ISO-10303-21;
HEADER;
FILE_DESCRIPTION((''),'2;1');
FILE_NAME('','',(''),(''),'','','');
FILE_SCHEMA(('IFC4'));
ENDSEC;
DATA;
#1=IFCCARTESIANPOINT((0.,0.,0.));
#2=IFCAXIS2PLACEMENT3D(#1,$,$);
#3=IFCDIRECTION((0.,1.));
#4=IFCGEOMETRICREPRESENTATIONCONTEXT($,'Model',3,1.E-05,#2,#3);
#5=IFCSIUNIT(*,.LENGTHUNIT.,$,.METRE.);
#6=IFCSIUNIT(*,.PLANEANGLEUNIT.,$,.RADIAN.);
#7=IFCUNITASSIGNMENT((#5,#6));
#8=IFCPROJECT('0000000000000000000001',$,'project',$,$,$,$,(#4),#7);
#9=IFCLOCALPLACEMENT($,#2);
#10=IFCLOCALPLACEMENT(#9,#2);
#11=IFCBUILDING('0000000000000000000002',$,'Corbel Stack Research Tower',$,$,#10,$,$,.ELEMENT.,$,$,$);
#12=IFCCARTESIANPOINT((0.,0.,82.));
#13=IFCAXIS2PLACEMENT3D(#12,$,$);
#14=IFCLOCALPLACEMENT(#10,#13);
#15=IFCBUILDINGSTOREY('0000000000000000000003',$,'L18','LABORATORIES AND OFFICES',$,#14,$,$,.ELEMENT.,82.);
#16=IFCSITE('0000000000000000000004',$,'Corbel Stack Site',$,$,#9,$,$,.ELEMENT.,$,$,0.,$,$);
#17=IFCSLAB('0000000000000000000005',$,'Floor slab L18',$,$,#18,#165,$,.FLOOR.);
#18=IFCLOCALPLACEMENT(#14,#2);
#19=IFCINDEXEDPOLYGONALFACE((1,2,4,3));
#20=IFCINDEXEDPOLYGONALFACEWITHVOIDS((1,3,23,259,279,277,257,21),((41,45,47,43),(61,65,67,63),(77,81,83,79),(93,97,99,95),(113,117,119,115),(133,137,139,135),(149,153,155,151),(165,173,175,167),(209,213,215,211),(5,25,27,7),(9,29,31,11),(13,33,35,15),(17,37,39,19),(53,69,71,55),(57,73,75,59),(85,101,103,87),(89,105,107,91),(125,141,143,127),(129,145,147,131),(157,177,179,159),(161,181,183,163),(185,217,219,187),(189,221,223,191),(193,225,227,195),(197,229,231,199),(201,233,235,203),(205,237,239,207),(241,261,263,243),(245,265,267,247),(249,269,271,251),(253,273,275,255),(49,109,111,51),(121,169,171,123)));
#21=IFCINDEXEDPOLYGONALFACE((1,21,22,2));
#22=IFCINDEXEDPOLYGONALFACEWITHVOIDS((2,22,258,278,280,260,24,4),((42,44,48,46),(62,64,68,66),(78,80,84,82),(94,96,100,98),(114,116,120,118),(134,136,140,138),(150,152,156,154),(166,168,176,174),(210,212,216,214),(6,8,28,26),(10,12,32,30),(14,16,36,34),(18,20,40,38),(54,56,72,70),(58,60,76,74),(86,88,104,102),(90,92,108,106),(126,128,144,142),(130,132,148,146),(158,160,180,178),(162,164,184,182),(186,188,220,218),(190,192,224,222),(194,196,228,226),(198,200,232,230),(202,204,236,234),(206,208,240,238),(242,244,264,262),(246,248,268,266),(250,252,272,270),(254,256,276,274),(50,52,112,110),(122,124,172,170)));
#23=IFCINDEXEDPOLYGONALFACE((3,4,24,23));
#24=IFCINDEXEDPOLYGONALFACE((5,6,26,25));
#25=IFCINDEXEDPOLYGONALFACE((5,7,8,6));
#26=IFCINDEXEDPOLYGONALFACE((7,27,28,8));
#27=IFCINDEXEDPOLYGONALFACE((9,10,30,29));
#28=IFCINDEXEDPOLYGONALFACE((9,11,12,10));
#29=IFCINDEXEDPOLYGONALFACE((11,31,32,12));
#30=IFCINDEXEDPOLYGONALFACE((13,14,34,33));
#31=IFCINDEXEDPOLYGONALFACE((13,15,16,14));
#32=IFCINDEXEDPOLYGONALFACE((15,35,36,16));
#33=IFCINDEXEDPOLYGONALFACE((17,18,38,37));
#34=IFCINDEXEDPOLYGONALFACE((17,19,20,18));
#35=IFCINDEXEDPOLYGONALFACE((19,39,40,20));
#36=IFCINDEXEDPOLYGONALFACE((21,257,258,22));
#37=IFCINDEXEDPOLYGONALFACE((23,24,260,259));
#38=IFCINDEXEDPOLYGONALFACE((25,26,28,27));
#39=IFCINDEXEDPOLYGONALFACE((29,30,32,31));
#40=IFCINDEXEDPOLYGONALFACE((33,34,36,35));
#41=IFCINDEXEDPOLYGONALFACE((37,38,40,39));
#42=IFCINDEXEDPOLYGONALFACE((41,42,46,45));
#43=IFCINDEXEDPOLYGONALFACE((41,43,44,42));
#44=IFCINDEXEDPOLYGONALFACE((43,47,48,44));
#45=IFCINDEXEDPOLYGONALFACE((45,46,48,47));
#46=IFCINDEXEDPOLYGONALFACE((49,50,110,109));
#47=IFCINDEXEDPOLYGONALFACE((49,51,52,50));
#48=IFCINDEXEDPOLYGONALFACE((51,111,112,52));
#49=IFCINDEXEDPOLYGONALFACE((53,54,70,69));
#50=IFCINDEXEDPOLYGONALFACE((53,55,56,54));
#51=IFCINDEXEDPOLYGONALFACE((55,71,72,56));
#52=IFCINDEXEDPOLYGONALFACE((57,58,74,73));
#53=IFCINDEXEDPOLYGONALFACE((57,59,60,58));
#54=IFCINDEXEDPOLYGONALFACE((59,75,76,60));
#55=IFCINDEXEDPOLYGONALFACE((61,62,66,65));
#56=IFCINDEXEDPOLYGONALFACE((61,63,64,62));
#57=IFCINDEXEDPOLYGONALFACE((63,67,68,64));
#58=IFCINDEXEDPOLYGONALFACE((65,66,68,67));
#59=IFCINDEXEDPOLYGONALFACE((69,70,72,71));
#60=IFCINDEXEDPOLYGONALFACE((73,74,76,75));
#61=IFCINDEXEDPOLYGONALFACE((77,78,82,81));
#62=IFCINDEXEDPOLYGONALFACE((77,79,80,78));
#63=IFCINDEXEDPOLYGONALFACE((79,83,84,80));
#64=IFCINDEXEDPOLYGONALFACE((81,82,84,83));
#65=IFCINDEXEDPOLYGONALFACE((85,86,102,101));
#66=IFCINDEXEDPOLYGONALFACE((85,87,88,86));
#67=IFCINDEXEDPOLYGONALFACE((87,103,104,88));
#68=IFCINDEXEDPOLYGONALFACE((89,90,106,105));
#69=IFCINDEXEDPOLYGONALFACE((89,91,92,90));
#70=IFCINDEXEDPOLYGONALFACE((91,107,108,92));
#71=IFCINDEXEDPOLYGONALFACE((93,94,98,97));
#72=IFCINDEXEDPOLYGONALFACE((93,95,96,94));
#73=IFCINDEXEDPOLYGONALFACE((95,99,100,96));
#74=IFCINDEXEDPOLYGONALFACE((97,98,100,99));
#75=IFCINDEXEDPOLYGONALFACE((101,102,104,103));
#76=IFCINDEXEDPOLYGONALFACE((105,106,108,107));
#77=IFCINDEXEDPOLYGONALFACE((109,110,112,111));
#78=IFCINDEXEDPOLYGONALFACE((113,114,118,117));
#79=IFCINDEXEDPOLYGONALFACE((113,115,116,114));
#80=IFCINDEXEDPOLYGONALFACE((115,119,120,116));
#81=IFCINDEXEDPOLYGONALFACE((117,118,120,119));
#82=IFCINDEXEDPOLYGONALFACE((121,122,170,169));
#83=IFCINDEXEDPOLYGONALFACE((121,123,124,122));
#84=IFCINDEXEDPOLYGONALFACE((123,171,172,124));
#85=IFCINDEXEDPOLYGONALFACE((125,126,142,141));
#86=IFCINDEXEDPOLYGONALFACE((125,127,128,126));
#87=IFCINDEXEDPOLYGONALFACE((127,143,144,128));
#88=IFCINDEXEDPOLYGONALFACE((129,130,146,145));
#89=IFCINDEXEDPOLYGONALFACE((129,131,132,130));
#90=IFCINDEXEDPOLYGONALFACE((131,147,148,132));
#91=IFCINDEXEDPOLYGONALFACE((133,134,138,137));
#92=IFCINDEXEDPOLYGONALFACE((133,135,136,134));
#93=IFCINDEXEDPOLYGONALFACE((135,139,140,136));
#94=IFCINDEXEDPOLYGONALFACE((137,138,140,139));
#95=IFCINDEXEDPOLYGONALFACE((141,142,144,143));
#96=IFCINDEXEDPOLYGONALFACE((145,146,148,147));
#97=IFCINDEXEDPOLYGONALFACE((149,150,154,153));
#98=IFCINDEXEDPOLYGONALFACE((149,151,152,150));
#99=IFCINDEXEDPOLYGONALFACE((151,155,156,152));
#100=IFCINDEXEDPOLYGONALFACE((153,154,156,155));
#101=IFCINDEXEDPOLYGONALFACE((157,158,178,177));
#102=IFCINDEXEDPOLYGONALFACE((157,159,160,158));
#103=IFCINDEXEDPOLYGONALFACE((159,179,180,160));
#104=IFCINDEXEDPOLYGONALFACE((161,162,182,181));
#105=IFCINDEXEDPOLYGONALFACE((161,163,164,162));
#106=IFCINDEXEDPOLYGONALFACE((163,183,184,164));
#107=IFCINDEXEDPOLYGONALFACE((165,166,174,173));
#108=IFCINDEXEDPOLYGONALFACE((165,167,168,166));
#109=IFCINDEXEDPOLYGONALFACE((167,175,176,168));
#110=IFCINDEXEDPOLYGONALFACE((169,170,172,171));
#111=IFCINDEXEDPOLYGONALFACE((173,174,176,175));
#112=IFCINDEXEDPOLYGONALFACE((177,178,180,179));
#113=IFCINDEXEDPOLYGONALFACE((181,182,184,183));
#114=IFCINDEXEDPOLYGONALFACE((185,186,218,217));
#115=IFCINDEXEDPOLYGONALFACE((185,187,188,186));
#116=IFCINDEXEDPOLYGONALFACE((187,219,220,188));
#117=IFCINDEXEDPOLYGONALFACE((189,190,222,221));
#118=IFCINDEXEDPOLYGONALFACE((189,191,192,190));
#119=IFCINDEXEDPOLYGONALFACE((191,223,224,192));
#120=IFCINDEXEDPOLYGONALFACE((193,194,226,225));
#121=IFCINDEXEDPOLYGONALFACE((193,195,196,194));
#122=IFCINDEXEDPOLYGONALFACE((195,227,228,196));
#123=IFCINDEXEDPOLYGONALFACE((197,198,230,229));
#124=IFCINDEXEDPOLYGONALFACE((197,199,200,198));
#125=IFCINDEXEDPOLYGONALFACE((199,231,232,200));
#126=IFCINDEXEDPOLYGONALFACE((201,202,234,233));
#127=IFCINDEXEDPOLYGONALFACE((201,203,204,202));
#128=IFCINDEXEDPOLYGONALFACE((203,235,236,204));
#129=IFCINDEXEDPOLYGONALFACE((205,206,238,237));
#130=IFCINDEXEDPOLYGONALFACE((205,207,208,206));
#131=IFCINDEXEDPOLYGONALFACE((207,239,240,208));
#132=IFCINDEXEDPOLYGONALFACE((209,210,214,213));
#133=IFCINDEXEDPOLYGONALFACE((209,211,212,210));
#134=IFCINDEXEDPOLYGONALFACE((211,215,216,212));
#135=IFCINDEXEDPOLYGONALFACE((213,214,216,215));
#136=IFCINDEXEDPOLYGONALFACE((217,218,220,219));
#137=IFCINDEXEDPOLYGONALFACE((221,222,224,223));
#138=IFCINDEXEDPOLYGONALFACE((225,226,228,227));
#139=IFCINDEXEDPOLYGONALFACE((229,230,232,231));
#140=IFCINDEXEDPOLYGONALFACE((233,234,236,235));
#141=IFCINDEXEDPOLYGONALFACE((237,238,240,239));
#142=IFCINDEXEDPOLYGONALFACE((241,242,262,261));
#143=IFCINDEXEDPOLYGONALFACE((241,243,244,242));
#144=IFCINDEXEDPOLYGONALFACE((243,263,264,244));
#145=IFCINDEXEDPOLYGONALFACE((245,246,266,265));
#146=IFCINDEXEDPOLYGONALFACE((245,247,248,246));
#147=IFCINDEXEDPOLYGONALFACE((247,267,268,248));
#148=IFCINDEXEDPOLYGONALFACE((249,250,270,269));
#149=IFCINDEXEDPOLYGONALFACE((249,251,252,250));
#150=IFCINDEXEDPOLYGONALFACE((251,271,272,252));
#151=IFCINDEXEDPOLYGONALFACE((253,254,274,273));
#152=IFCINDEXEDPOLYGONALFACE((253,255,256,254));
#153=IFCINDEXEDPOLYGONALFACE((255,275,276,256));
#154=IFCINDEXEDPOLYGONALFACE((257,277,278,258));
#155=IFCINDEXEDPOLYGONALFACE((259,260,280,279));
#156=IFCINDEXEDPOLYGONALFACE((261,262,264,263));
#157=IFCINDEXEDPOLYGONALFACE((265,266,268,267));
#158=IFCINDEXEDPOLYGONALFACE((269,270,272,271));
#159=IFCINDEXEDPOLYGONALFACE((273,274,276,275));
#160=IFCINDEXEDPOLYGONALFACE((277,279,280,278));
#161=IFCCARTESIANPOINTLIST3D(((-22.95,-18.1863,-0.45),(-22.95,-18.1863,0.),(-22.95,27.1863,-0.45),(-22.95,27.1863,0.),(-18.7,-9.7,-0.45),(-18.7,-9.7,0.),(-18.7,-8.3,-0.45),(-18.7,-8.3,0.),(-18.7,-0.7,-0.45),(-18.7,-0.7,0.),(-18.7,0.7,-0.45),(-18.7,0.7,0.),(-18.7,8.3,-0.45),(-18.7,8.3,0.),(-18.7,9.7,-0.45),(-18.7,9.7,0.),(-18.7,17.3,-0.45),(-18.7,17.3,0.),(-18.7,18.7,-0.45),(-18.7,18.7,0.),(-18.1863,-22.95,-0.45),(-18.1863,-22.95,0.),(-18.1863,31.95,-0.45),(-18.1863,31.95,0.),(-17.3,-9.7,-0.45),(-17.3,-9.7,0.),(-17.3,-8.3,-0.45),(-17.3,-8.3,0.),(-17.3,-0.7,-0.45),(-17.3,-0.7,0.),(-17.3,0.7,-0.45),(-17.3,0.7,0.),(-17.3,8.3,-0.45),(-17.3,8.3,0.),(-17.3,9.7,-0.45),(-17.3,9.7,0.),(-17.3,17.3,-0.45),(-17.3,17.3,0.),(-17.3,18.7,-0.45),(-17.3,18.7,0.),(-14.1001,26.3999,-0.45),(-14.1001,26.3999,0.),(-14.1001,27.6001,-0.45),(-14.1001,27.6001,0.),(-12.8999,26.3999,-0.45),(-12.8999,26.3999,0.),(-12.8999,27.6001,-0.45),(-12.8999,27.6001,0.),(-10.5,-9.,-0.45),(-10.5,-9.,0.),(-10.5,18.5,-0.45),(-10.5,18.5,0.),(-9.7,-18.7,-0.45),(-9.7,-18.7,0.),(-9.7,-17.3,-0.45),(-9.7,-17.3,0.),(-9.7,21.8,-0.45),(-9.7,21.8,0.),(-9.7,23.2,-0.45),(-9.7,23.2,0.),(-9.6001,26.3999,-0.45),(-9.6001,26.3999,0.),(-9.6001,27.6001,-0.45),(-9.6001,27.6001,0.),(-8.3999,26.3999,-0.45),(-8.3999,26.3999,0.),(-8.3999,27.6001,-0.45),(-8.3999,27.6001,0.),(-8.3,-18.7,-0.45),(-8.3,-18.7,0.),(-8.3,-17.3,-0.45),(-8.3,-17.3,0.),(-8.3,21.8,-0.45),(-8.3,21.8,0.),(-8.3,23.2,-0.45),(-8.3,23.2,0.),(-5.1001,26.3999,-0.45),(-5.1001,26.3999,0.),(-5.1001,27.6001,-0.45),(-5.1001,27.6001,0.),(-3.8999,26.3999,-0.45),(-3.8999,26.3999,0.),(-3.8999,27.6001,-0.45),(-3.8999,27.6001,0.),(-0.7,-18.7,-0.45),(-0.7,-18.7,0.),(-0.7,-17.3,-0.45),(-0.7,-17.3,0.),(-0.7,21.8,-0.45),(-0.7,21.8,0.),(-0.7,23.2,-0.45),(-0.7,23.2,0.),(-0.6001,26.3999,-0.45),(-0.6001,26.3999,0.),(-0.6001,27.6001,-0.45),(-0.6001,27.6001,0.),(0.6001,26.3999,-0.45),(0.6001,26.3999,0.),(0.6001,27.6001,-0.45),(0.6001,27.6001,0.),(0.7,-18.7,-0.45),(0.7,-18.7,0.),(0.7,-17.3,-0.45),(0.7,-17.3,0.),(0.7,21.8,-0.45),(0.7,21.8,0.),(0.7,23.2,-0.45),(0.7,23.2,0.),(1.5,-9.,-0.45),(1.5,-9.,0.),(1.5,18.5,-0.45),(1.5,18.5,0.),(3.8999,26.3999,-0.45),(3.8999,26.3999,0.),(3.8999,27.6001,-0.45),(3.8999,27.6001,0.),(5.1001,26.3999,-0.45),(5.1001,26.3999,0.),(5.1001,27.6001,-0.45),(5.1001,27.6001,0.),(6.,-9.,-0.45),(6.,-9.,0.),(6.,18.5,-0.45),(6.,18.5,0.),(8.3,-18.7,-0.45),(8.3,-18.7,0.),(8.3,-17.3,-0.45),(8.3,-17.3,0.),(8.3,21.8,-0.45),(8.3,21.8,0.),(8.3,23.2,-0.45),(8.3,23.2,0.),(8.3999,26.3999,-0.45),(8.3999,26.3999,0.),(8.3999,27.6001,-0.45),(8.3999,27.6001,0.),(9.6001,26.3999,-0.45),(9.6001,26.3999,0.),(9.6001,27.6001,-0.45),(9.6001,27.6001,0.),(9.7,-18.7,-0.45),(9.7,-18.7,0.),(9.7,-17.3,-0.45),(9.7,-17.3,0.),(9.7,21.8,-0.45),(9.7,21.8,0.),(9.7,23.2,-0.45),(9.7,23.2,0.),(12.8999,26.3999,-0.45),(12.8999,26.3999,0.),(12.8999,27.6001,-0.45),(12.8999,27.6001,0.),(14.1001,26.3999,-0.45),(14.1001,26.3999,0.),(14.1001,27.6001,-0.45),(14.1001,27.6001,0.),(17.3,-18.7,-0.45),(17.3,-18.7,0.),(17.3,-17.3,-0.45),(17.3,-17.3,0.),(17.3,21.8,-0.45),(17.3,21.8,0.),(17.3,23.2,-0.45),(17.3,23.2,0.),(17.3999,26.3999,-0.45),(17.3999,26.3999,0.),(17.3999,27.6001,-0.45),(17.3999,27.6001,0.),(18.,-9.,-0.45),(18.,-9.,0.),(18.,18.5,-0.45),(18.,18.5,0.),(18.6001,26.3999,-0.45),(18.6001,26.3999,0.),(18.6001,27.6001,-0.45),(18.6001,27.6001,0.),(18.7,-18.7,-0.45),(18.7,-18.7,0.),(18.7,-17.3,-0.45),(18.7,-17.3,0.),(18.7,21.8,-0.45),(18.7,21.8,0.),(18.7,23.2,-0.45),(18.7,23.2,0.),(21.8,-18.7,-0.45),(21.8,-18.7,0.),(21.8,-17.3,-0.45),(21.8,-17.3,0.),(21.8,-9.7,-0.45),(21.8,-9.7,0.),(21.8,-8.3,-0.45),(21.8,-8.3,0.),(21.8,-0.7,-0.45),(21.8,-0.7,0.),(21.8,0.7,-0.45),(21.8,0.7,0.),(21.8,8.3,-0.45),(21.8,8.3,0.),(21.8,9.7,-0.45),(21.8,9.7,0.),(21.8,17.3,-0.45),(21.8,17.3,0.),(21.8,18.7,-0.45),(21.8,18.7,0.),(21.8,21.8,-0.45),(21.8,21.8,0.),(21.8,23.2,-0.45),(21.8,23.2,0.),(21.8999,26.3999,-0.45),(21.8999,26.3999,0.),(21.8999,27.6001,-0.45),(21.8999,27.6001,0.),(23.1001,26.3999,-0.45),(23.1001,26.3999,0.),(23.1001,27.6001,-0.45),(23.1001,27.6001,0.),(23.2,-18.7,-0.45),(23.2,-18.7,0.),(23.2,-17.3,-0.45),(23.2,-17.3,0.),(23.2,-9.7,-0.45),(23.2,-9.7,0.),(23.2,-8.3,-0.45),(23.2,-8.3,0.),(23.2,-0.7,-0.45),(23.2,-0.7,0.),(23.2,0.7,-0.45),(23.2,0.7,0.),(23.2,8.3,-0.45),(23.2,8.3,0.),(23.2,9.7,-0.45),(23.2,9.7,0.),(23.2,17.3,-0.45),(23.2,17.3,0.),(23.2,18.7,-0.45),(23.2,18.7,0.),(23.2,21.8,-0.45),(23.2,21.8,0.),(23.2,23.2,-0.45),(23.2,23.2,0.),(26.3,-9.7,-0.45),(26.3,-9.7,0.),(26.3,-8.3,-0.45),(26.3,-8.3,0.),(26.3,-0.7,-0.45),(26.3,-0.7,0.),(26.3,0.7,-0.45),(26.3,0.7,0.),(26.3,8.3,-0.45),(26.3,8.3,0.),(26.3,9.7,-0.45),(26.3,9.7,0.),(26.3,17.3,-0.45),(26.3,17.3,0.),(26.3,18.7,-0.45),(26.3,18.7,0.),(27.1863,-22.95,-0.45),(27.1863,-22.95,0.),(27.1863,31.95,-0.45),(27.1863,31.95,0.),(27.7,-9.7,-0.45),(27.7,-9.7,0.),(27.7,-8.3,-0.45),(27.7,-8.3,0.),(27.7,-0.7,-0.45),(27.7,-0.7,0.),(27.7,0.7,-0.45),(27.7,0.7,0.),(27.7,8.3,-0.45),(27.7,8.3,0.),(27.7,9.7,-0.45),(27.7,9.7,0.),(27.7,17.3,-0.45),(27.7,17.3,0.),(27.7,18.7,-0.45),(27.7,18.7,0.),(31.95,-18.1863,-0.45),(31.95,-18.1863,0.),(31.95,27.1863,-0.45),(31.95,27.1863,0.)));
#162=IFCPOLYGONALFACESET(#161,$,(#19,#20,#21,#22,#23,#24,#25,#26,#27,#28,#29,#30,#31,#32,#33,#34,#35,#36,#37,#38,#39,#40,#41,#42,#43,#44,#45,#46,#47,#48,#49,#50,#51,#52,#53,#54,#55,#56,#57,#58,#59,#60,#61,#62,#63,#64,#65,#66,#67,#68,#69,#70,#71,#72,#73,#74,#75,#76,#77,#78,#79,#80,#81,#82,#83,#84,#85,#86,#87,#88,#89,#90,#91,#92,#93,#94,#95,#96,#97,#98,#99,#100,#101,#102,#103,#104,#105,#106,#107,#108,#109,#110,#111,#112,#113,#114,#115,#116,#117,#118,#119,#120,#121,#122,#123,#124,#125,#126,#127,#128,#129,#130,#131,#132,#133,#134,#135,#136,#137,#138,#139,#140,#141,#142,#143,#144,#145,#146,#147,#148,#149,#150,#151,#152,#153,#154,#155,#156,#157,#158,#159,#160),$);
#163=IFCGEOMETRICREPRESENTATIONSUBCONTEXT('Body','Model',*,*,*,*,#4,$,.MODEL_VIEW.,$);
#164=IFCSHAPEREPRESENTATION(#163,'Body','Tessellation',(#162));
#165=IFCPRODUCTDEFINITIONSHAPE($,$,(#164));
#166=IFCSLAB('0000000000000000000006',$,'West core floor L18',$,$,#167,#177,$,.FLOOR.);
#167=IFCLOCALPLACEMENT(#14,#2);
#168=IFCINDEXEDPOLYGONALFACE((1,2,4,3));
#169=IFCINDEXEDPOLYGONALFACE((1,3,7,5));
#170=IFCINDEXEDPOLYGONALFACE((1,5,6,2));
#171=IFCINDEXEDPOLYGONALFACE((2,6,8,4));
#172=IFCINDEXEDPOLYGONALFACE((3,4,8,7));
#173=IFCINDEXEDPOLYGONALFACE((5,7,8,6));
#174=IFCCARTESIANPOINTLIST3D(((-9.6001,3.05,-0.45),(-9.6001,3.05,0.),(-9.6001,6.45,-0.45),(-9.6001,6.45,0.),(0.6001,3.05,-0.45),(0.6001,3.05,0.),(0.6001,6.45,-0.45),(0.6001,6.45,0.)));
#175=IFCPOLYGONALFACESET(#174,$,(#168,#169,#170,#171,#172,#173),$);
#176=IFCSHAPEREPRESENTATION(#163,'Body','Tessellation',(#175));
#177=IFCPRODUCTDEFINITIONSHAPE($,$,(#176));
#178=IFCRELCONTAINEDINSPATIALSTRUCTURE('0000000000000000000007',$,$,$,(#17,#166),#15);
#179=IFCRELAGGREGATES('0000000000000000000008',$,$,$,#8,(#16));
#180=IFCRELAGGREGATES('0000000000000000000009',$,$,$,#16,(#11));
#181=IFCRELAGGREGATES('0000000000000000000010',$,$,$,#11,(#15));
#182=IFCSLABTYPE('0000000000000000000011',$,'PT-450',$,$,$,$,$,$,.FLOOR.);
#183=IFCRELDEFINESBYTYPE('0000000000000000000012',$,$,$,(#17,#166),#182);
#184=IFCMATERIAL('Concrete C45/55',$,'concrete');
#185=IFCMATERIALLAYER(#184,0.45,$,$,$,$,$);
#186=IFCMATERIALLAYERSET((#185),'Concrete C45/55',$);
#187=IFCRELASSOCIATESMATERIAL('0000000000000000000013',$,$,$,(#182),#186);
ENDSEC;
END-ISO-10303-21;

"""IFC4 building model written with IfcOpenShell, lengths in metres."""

from ifc_helpers import new_model, si_unit, direction, frame, origin, place, context, subcontext, project, spatial, polyline, outline, extrude, material, layer, layer_set, type_object, element, save


model = new_model("IFC4")

# Units and contexts
model_context = context("Model", 3, precision=1e-05, world=origin(), true_north=direction((0.0, 1.0)))
body_context = subcontext(model_context, "Body", "Model", "MODEL_VIEW")
ifc_project = project(units=[si_unit("LENGTHUNIT", "METRE"), si_unit("PLANEANGLEUNIT", "RADIAN")], contexts=[model_context])

# Site, building, storey
site_placement = place(None, origin())
site = spatial("IfcSite", under=ifc_project, at=site_placement, Name="Corbel Stack Site", CompositionType="ELEMENT", RefElevation=0.0)
building_placement = place(site_placement, origin())
building = spatial("IfcBuilding", under=site, at=building_placement, Name="Corbel Stack Research Tower", CompositionType="ELEMENT")
storey_placement = place(building_placement, frame((0.0, 0.0, 82.0)))
storey = spatial("IfcBuildingStorey", under=building, at=storey_placement, Name="L18", Description="LABORATORIES AND OFFICES", CompositionType="ELEMENT", Elevation=82.0)

# Slabs
ifc_material_1 = material(Name="Concrete C45/55", Category="concrete")
ifc_layer_1 = layer(ifc_material_1, 0.45)
ifc_layer_set_1 = layer_set([ifc_layer_1], Name="Concrete C45/55")
slab_type_1 = type_object("IfcSlabType", Name="PT-450", PredefinedType="FLOOR", material=ifc_layer_set_1)
slab_1_placement = place(storey_placement, frame((0.0, 0.0, -0.45)))
element("IfcSlab", 1, at=slab_1_placement, inside=storey, type_object=slab_type_1, Name="Floor slab L18", PredefinedType="FLOOR", context=body_context, shape_type="SweptSolid", body=[
    extrude(outline(polyline([(-18.1863, -22.95), (27.1863, -22.95), (31.95, -18.1863), (31.95, 27.1863), (27.1863, 31.95), (-18.1863, 31.95), (-22.95, 27.1863), (-22.95, -18.1863), (-18.1863, -22.95)]), holes=[polyline([(26.3, 17.3), (26.3, 18.7), (27.7, 18.7), (27.7, 17.3), (26.3, 17.3)]), polyline([(26.3, -9.7), (26.3, -8.3), (27.7, -8.3), (27.7, -9.7), (26.3, -9.7)]), polyline([(26.3, -0.7), (26.3, 0.7), (27.7, 0.7), (27.7, -0.7), (26.3, -0.7)]), polyline([(26.3, 8.3), (26.3, 9.7), (27.7, 9.7), (27.7, 8.3), (26.3, 8.3)]), polyline([(21.8, 21.8), (21.8, 23.2), (23.2, 23.2), (23.2, 21.8), (21.8, 21.8)]), polyline([(21.8, 17.3), (21.8, 18.7), (23.2, 18.7), (23.2, 17.3), (21.8, 17.3)]), polyline([(21.8, 8.3), (21.8, 9.7), (23.2, 9.7), (23.2, 8.3), (21.8, 8.3)]), polyline([(21.8, -0.7), (21.8, 0.7), (23.2, 0.7), (23.2, -0.7), (21.8, -0.7)]), polyline([(21.8, -9.7), (21.8, -8.3), (23.2, -8.3), (23.2, -9.7), (21.8, -9.7)]), polyline([(21.8, -18.7), (21.8, -17.3), (23.2, -17.3), (23.2, -18.7), (21.8, -18.7)]), polyline([(21.8999, 27.6001), (23.1001, 27.6001), (23.1001, 26.3999), (21.8999, 26.3999), (21.8999, 27.6001)]), polyline([(17.3, 21.8), (17.3, 23.2), (18.7, 23.2), (18.7, 21.8), (17.3, 21.8)]), polyline([(17.3, -18.7), (17.3, -17.3), (18.7, -17.3), (18.7, -18.7), (17.3, -18.7)]), polyline([(17.3999, 27.6001), (18.6001, 27.6001), (18.6001, 26.3999), (17.3999, 26.3999), (17.3999, 27.6001)]), polyline([(6.0, -9.0), (6.0, 18.5), (18.0, 18.5), (18.0, -9.0), (6.0, -9.0)]), polyline([(12.8999, 26.3999), (12.8999, 27.6001), (14.1001, 27.6001), (14.1001, 26.3999), (12.8999, 26.3999)]), polyline([(8.3, 21.8), (8.3, 23.2), (9.7, 23.2), (9.7, 21.8), (8.3, 21.8)]), polyline([(8.3, -18.7), (8.3, -17.3), (9.7, -17.3), (9.7, -18.7), (8.3, -18.7)]), polyline([(8.3999, 26.3999), (8.3999, 27.6001), (9.6001, 27.6001), (9.6001, 26.3999), (8.3999, 26.3999)]), polyline([(3.8999, 26.3999), (3.8999, 27.6001), (5.1001, 27.6001), (5.1001, 26.3999), (3.8999, 26.3999)]), polyline([(-10.5, -9.0), (-10.5, 18.5), (1.5, 18.5), (1.5, -9.0), (-10.5, -9.0)]), polyline([(-0.7, 21.8), (-0.7, 23.2), (0.7, 23.2), (0.7, 21.8), (-0.7, 21.8)]), polyline([(-0.7, -18.7), (-0.7, -17.3), (0.7, -17.3), (0.7, -18.7), (-0.7, -18.7)]), polyline([(-0.6001, 26.3999), (-0.6001, 27.6001), (0.6001, 27.6001), (0.6001, 26.3999), (-0.6001, 26.3999)]), polyline([(-5.1001, 26.3999), (-5.1001, 27.6001), (-3.8999, 27.6001), (-3.8999, 26.3999), (-5.1001, 26.3999)]), polyline([(-9.7, 21.8), (-9.7, 23.2), (-8.3, 23.2), (-8.3, 21.8), (-9.7, 21.8)]), polyline([(-9.7, -18.7), (-9.7, -17.3), (-8.3, -17.3), (-8.3, -18.7), (-9.7, -18.7)]), polyline([(-9.6001, 26.3999), (-9.6001, 27.6001), (-8.3999, 27.6001), (-8.3999, 26.3999), (-9.6001, 26.3999)]), polyline([(-14.1001, 26.3999), (-14.1001, 27.6001), (-12.8999, 27.6001), (-12.8999, 26.3999), (-14.1001, 26.3999)]), polyline([(-18.7, 17.3), (-18.7, 18.7), (-17.3, 18.7), (-17.3, 17.3), (-18.7, 17.3)]), polyline([(-18.7, 8.3), (-18.7, 9.7), (-17.3, 9.7), (-17.3, 8.3), (-18.7, 8.3)]), polyline([(-18.7, -0.7), (-18.7, 0.7), (-17.3, 0.7), (-17.3, -0.7), (-18.7, -0.7)]), polyline([(-18.7, -9.7), (-18.7, -8.3), (-17.3, -8.3), (-17.3, -9.7), (-18.7, -9.7)])]), origin(), (0.0, 0.0, 1.0), 0.45),
])
slab_2_placement = place(storey_placement, frame((0.0, 0.0, -0.45)))
element("IfcSlab", 2, at=slab_2_placement, inside=storey, type_object=slab_type_1, Name="West core floor L18", PredefinedType="FLOOR", context=body_context, shape_type="SweptSolid", body=[
    extrude(outline(polyline([(0.6001, 6.45), (-9.6001, 6.45), (-9.6001, 3.05), (0.6001, 3.05), (0.6001, 6.45)])), origin(), (0.0, 0.0, 1.0), 0.45),
])

save(model, "model.ifc")
